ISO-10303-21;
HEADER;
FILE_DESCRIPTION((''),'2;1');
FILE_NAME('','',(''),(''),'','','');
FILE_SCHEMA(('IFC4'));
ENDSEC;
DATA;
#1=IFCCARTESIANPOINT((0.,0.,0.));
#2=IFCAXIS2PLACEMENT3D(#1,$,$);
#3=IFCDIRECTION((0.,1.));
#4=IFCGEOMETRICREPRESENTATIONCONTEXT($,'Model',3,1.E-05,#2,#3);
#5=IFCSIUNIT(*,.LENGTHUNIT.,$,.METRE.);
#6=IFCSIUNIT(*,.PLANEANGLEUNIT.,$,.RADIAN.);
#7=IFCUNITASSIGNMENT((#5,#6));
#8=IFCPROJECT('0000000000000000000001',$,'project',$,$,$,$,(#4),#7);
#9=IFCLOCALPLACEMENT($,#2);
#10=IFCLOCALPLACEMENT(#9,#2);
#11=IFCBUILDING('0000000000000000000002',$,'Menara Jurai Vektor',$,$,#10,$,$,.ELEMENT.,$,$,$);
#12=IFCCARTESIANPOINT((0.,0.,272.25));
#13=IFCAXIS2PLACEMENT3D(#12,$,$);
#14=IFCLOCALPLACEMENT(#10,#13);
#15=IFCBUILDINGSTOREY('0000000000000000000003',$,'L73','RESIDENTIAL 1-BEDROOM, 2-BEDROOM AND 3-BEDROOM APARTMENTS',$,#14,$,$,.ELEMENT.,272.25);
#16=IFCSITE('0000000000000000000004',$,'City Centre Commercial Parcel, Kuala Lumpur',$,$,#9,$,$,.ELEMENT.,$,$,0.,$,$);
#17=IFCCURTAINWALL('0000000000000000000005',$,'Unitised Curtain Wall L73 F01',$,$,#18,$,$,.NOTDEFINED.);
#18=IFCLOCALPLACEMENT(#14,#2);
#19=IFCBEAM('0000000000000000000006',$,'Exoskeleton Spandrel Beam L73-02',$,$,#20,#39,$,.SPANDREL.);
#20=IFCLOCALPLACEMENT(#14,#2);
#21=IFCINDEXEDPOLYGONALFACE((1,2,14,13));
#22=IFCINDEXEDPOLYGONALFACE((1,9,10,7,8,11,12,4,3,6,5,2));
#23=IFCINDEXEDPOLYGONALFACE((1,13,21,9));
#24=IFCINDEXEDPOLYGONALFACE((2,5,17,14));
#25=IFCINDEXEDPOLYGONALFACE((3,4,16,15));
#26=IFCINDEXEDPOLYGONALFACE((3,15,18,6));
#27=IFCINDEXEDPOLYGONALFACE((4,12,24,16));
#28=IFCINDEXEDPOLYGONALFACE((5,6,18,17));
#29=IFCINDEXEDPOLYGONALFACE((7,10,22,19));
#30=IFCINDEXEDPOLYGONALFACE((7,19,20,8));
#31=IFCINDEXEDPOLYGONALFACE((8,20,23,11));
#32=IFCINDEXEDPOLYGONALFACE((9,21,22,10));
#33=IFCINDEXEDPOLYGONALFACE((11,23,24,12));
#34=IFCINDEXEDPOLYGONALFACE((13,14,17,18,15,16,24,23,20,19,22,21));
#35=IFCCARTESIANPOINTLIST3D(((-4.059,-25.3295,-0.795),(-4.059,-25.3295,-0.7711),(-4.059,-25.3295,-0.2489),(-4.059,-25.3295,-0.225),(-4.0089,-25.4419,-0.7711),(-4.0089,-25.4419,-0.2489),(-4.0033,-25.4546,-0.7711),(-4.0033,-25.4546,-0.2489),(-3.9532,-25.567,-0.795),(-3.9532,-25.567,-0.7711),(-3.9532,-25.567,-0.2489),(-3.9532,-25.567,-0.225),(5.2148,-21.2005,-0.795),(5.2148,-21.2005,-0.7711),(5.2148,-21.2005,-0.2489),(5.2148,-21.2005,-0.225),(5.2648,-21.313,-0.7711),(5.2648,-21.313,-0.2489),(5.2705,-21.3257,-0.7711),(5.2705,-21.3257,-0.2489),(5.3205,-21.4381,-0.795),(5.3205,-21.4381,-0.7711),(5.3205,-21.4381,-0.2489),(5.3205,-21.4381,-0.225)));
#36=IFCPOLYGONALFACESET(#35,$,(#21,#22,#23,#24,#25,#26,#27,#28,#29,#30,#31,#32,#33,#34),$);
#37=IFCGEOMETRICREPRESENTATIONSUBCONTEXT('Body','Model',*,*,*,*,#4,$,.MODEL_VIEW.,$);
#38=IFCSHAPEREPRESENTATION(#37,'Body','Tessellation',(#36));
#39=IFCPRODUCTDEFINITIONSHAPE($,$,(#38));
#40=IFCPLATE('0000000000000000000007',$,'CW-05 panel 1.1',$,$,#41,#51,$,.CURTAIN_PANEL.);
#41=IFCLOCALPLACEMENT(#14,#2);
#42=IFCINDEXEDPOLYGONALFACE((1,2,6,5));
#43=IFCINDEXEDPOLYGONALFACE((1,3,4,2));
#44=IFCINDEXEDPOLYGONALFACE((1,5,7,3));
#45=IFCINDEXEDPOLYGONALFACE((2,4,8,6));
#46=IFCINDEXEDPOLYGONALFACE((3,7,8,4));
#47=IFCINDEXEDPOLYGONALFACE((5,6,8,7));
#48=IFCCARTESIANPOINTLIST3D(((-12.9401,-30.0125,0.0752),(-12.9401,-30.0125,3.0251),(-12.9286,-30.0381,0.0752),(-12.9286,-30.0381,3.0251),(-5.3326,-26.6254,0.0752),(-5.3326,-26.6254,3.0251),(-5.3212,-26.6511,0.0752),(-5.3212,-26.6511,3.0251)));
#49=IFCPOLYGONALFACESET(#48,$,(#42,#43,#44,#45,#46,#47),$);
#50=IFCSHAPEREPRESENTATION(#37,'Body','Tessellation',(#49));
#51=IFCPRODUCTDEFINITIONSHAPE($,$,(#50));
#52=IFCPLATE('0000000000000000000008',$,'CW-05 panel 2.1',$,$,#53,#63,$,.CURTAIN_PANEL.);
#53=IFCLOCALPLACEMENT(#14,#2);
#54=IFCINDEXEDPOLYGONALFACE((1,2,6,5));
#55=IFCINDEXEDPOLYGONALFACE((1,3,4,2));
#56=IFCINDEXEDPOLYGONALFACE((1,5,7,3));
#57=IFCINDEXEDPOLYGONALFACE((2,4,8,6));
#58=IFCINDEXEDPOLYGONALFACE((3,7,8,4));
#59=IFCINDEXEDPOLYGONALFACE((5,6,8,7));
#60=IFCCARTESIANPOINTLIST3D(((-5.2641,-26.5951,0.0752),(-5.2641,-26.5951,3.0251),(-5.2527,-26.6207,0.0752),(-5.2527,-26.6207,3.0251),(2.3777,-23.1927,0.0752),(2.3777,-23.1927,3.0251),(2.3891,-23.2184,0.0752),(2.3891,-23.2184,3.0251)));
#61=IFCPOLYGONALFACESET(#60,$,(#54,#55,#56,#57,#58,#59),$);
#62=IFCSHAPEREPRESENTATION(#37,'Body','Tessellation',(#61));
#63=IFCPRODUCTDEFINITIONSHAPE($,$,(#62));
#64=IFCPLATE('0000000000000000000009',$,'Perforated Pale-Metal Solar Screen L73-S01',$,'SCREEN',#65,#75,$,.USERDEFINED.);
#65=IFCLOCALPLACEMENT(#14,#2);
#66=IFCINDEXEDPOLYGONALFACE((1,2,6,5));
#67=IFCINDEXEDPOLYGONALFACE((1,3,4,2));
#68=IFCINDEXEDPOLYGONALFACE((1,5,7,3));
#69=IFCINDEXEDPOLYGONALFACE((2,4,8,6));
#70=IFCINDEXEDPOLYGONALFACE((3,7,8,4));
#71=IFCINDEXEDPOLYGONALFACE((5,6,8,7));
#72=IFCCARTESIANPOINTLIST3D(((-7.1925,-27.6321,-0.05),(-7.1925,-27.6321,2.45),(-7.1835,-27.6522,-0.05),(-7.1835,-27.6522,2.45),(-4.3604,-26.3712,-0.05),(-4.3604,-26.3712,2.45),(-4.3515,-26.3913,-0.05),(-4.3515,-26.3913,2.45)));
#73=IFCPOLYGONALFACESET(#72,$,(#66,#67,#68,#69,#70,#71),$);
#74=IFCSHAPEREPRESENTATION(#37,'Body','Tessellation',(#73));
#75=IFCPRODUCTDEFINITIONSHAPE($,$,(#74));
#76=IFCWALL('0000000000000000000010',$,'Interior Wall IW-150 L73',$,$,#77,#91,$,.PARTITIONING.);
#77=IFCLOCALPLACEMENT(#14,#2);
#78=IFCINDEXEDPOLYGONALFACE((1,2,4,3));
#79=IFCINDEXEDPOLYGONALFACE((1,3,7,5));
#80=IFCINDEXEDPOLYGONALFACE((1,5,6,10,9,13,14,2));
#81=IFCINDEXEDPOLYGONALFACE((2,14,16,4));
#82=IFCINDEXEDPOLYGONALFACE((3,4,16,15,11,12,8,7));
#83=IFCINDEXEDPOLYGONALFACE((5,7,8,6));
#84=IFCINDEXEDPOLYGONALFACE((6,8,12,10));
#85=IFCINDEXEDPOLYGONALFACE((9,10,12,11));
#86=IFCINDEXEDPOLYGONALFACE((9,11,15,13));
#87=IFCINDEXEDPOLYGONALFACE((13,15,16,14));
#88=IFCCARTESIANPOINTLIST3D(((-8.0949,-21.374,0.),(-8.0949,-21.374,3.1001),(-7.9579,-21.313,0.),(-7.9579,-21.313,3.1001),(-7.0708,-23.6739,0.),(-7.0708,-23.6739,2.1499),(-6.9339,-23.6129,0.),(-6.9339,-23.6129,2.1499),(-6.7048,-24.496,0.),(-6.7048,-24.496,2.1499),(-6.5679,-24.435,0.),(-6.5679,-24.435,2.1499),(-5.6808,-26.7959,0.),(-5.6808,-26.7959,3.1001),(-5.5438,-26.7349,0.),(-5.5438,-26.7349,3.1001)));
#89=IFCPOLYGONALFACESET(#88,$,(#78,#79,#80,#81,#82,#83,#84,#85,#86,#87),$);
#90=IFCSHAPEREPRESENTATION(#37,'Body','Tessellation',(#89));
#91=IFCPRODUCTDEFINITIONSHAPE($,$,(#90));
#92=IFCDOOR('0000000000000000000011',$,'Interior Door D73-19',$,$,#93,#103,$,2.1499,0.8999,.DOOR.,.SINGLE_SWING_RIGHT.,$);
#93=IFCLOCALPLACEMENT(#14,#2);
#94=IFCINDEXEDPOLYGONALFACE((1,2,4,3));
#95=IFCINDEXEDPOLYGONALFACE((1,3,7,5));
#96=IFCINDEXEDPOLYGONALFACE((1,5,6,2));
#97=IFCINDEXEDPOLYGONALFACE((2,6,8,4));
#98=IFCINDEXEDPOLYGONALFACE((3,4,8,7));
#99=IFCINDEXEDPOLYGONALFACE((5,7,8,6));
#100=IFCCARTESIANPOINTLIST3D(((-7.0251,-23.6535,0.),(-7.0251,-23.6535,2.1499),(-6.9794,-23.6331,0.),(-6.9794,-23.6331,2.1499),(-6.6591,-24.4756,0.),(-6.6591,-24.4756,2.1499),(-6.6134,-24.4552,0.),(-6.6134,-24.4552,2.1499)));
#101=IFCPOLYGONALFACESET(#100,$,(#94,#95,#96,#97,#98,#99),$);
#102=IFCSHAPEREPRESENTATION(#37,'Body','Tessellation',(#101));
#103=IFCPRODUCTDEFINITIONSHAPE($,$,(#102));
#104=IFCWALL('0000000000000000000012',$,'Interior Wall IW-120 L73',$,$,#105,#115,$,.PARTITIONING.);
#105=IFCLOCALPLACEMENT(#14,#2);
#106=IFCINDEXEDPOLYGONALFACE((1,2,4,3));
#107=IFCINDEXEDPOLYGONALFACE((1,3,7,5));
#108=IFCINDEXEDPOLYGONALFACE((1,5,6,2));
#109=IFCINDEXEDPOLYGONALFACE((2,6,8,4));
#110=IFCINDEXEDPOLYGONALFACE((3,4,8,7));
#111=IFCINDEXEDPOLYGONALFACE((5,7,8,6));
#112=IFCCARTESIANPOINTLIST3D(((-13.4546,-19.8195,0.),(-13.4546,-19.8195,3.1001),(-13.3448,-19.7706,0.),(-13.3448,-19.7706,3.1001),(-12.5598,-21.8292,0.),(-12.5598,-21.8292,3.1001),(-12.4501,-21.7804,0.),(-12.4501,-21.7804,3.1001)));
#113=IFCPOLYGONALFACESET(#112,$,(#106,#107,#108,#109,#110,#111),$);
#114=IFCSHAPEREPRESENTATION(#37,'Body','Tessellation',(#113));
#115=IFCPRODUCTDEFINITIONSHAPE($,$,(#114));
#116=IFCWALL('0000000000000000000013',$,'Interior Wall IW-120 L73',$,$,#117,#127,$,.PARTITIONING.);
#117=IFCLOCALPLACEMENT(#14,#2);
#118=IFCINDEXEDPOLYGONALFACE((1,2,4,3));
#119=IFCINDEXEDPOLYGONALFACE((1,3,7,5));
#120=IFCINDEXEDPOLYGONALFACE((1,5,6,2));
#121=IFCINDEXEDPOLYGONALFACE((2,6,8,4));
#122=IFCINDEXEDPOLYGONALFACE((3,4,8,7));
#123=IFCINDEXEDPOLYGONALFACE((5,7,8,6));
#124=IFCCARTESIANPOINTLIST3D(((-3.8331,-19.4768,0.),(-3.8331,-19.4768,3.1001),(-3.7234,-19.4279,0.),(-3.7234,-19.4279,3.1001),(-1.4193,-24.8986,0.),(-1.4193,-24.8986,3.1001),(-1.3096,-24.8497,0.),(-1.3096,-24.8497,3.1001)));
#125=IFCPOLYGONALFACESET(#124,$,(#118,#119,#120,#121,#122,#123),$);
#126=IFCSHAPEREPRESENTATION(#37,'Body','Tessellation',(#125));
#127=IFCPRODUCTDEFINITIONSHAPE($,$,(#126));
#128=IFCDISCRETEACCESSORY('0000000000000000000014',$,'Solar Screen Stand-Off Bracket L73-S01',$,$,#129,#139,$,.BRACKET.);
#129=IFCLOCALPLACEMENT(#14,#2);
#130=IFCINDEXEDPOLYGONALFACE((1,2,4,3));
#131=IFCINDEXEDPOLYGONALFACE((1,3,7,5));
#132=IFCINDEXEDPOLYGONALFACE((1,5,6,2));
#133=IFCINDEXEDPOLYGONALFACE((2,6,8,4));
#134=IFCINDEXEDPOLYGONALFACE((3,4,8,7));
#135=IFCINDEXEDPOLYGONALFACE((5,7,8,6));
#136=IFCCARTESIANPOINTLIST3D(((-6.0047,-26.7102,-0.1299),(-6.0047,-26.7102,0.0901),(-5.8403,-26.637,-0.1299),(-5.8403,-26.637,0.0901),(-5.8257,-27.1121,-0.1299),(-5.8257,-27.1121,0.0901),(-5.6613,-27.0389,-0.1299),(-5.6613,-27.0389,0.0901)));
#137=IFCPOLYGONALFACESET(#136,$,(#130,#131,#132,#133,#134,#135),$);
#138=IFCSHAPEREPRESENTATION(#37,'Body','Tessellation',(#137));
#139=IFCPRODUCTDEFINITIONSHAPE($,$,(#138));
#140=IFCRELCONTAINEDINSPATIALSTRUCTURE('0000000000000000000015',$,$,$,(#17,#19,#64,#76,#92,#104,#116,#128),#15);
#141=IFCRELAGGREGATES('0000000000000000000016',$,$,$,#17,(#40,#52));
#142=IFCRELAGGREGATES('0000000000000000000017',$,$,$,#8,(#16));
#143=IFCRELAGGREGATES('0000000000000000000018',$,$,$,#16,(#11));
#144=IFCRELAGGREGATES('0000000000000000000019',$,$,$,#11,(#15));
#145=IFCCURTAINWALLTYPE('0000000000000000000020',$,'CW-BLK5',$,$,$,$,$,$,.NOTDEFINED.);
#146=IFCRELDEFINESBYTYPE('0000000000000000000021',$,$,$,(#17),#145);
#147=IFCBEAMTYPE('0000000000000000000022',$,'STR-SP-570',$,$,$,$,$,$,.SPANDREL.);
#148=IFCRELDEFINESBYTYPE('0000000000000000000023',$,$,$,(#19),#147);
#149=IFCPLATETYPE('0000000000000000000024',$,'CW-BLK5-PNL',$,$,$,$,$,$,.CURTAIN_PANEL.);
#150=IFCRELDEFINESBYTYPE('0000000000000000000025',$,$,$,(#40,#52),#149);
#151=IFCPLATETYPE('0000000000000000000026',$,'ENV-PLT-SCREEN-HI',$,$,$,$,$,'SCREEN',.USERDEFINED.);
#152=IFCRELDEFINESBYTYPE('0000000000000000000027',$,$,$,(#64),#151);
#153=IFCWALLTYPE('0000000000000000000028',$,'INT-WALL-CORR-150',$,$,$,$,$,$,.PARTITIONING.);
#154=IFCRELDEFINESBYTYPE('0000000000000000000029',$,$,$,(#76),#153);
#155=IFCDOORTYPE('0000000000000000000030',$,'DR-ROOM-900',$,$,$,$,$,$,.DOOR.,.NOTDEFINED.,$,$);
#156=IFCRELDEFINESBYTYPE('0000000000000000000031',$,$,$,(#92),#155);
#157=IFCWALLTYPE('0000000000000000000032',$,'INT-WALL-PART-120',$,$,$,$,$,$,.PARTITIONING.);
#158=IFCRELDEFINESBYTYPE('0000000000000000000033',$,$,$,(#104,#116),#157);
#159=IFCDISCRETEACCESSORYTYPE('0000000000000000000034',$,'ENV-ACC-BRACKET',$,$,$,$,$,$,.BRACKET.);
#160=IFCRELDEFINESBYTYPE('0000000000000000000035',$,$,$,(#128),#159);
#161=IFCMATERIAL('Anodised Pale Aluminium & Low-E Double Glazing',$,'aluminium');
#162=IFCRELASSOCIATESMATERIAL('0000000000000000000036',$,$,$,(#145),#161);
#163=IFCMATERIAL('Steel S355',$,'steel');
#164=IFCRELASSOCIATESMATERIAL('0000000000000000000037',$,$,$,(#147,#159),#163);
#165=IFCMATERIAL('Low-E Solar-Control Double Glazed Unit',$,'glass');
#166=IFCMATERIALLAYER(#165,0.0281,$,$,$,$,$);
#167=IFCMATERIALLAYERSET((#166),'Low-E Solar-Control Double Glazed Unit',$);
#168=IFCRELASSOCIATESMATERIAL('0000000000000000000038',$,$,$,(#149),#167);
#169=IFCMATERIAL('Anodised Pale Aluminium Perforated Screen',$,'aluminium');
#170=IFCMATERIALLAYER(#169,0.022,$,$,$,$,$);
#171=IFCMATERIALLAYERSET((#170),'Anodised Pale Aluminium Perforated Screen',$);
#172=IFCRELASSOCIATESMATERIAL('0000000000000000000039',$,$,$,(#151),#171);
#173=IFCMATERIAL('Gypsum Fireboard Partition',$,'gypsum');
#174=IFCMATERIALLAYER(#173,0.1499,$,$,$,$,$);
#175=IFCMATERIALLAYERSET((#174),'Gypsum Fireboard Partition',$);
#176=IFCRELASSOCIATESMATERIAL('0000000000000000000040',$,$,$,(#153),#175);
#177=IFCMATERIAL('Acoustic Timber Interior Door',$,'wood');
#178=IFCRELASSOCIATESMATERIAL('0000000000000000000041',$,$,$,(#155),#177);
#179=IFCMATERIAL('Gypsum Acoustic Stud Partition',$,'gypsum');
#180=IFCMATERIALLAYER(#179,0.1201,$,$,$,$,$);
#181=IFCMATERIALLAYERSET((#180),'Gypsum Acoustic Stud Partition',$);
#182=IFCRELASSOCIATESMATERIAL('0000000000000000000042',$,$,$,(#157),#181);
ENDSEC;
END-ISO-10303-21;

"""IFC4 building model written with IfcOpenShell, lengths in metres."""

from ifc_helpers import new_model, si_unit, direction, frame, frame_2d, origin, origin_2d, place, context, subcontext, project, spatial, rectangle, i_section, extrude, material, layer, layer_set, material_profile, profile_set, type_object, element, fill, aggregate, save


model = new_model("IFC4")

# Units and contexts
model_context = context("Model", 3, precision=1e-05, world=origin(), true_north=direction((0.0, 1.0)))
body_context = subcontext(model_context, "Body", "Model", "MODEL_VIEW")
ifc_project = project(units=[si_unit("LENGTHUNIT", "METRE"), si_unit("PLANEANGLEUNIT", "RADIAN")], contexts=[model_context])

# Site, building, storey
site_placement = place(None, origin())
site = spatial("IfcSite", under=ifc_project, at=site_placement, Name="City Centre Commercial Parcel, Kuala Lumpur", CompositionType="ELEMENT", RefElevation=0.0)
building_placement = place(site_placement, origin())
building = spatial("IfcBuilding", under=site, at=building_placement, Name="Menara Jurai Vektor", CompositionType="ELEMENT")
storey_placement = place(building_placement, frame((0.0, 0.0, 272.25)))
storey = spatial("IfcBuildingStorey", under=building, at=storey_placement, Name="L73", Description="RESIDENTIAL 1-BEDROOM, 2-BEDROOM AND 3-BEDROOM APARTMENTS", CompositionType="ELEMENT", Elevation=272.25)

# Curtain wall
ifc_material_1 = material(Name="Anodised Pale Aluminium & Low-E Double Glazing", Category="aluminium")
curtain_wall_type = type_object("IfcCurtainWallType", Name="CW-BLK5", PredefinedType="NOTDEFINED", material=ifc_material_1)
curtain_wall_1_placement = place(storey_placement, origin())
curtain_wall_1 = element("IfcCurtainWall", 1, at=curtain_wall_1_placement, inside=storey, type_object=curtain_wall_type, Name="Unitised Curtain Wall L73 F01", PredefinedType="NOTDEFINED")

# Shared definitions
ifc_material_2 = material(Name="Steel S355", Category="steel")

# Beam
ifc_material_profile_1 = material_profile(ifc_material_2, i_section(OverallWidth=0.26, OverallDepth=0.5701, WebThickness=0.0139, FlangeThickness=0.0239, at=origin_2d()), Name="PG 570x260x145")
ifc_profile_set_1 = profile_set([ifc_material_profile_1], Name="Steel S355")
beam_type_1 = type_object("IfcBeamType", Name="STR-SP-570", PredefinedType="SPANDREL", material=ifc_profile_set_1)
beam_1_placement = place(storey_placement, frame((-4.0061, -25.4482, -0.51), z_axis=(0.913546, 0.406736, 0.0), x_axis=(-0.406736, 0.913546, 0.0)))
element("IfcBeam", 2, at=beam_1_placement, inside=storey, type_object=beam_type_1, Name="Exoskeleton Spandrel Beam L73-02", PredefinedType="SPANDREL", context=body_context, shape_type="SweptSolid", body=[
    extrude(i_section(OverallWidth=0.26, OverallDepth=0.5701, WebThickness=0.0139, FlangeThickness=0.0239, at=origin_2d()), origin(), (0.0, 0.0, 1.0), 10.1514),
])

# Plates
ifc_material_3 = material(Name="Low-E Solar-Control Double Glazed Unit", Category="glass")
ifc_layer_1 = layer(ifc_material_3, 0.0281)
ifc_layer_set_1 = layer_set([ifc_layer_1], Name="Low-E Solar-Control Double Glazed Unit")
plate_type_1 = type_object("IfcPlateType", Name="CW-BLK5-PNL", PredefinedType="CURTAIN_PANEL", material=ifc_layer_set_1)
plate_1_placement = place(storey_placement, frame((-9.1306, -28.3318, 0.0752), z_axis=(0.0, 0.0, 1.0), x_axis=(0.913546, 0.406735, 0.0)))
plate_1 = element("IfcPlate", 3, at=plate_1_placement, type_object=plate_type_1, Name="CW-05 panel 1.1", PredefinedType="CURTAIN_PANEL", context=body_context, shape_type="SweptSolid", body=[
    extrude(rectangle(XDim=8.3274, YDim=0.0281, at=origin_2d()), origin(), (0.0, 0.0, 1.0), 2.95),
])
plate_2_placement = place(storey_placement, frame((-1.4375, -24.9067, 0.0752), z_axis=(0.0, 0.0, 1.0), x_axis=(0.913546, 0.406735, 0.0)))
plate_2 = element("IfcPlate", 4, at=plate_2_placement, type_object=plate_type_1, Name="CW-05 panel 2.1", PredefinedType="CURTAIN_PANEL", context=body_context, shape_type="SweptSolid", body=[
    extrude(rectangle(XDim=8.365, YDim=0.0281, at=origin_2d()), origin(), (0.0, 0.0, 1.0), 2.95),
])
aggregate(curtain_wall_1, [plate_1, plate_2])
ifc_material_4 = material(Name="Anodised Pale Aluminium Perforated Screen", Category="aluminium")
ifc_layer_2 = layer(ifc_material_4, 0.022)
ifc_layer_set_2 = layer_set([ifc_layer_2], Name="Anodised Pale Aluminium Perforated Screen")
plate_type_2 = type_object("IfcPlateType", Name="ENV-PLT-SCREEN-HI", ElementType="SCREEN", PredefinedType="USERDEFINED", material=ifc_layer_set_2)
plate_3_placement = place(storey_placement, frame((-5.772, -27.0117, -0.05), z_axis=(0.0, 0.0, 1.0), x_axis=(0.913545, 0.406737, 0.0)))
element("IfcPlate", 5, at=plate_3_placement, inside=storey, type_object=plate_type_2, Name="Perforated Pale-Metal Solar Screen L73-S01", ObjectType="SCREEN", PredefinedType="USERDEFINED", context=body_context, shape_type="SweptSolid", body=[
    extrude(rectangle(XDim=3.1001, YDim=0.022, at=origin_2d()), origin(), (0.0, 0.0, 1.0), 2.5),
])

# Wall, opening, door
ifc_material_5 = material(Name="Gypsum Fireboard Partition", Category="gypsum")
ifc_layer_3 = layer(ifc_material_5, 0.1499)
ifc_layer_set_3 = layer_set([ifc_layer_3], Name="Gypsum Fireboard Partition")
wall_type_1 = type_object("IfcWallType", Name="INT-WALL-CORR-150", PredefinedType="PARTITIONING", material=ifc_layer_set_3)
ifc_material_6 = material(Name="Acoustic Timber Interior Door", Category="wood")
door_type_1 = type_object("IfcDoorType", Name="DR-ROOM-900", OperationType="NOTDEFINED", PredefinedType="DOOR", material=ifc_material_6)
wall_1_placement = place(storey_placement, frame((-5.6123, -26.7654, 0.0), z_axis=(0.0, 0.0, 1.0), x_axis=(-0.406749, 0.91354, 0.0)))
wall_1 = element("IfcWall", 6, at=wall_1_placement, inside=storey, type_object=wall_type_1, Name="Interior Wall IW-150 L73", PredefinedType="PARTITIONING", context=body_context, shape_type="SweptSolid", body=[
    extrude(rectangle(XDim=5.9351, YDim=0.1499, at=frame_2d((2.9675, 0.0))), origin(), (0.0, 0.0, 1.0), 3.1001),
])
opening_1_placement = place(wall_1_placement, frame((2.5176, 0.0, 0.0)))
opening_1 = element("IfcOpeningElement", 7, at=opening_1_placement, cuts=wall_1, PredefinedType="OPENING", context=body_context, shape_type="SweptSolid", body=[
    extrude(rectangle(XDim=0.8999, YDim=2.1499, at=frame_2d((0.45, 1.075))), frame((0.0, 0.085, 0.0), z_axis=(0.0, -1.0, 0.0), x_axis=(1.0, 0.0, 0.0)), (0.0, 0.0, 1.0), 0.1699),
])
door_1_placement = place(opening_1_placement, origin())
door_1 = element("IfcDoor", 8, at=door_1_placement, inside=storey, type_object=door_type_1, Name="Interior Door D73-19", OperationType="SINGLE_SWING_RIGHT", OverallHeight=2.1499, OverallWidth=0.8999, PredefinedType="DOOR", context=body_context, shape_type="SweptSolid", body=[
    extrude(rectangle(XDim=0.8999, YDim=2.1499, at=frame_2d((0.45, 1.075))), frame((0.0, 0.0249, 0.0), z_axis=(0.0, -1.0, 0.0), x_axis=(1.0, 0.0, 0.0)), (0.0, 0.0, 1.0), 0.05),
])
fill(opening_1, door_1)

# Walls
ifc_material_7 = material(Name="Gypsum Acoustic Stud Partition", Category="gypsum")
ifc_layer_4 = layer(ifc_material_7, 0.1201)
ifc_layer_set_4 = layer_set([ifc_layer_4], Name="Gypsum Acoustic Stud Partition")
wall_type_2 = type_object("IfcWallType", Name="INT-WALL-PART-120", PredefinedType="PARTITIONING", material=ifc_layer_set_4)
wall_2_placement = place(storey_placement, frame((-12.5049, -21.8049, 0.0), z_axis=(0.0, 0.0, 1.0), x_axis=(-0.406725, 0.913551, 0.0)))
element("IfcWall", 9, at=wall_2_placement, inside=storey, type_object=wall_type_2, Name="Interior Wall IW-120 L73", PredefinedType="PARTITIONING", context=body_context, shape_type="SweptSolid", body=[
    extrude(rectangle(XDim=2.2, YDim=0.1201, at=frame_2d((1.1001, 0.0))), origin(), (0.0, 0.0, 1.0), 3.1001),
])
wall_3_placement = place(storey_placement, frame((-1.3645, -24.874, 0.0), z_axis=(0.0, 0.0, 1.0), x_axis=(-0.406715, 0.913555, 0.0)))
element("IfcWall", 10, at=wall_3_placement, inside=storey, type_object=wall_type_2, Name="Interior Wall IW-120 L73", PredefinedType="PARTITIONING", context=body_context, shape_type="SweptSolid", body=[
    extrude(rectangle(XDim=5.9348, YDim=0.1201, at=frame_2d((2.9673, 0.0))), origin(), (0.0, 0.0, 1.0), 3.1001),
])

# Discrete accessory
discrete_accessory_type = type_object("IfcDiscreteAccessoryType", Name="ENV-ACC-BRACKET", PredefinedType="BRACKET", material=ifc_material_2)
discrete_accessory_placement = place(storey_placement, frame((-5.833, -26.8745, -0.1299), z_axis=(0.0, 0.0, 1.0), x_axis=(0.913545, 0.406737, 0.0)))
element("IfcDiscreteAccessory", 11, at=discrete_accessory_placement, inside=storey, type_object=discrete_accessory_type, Name="Solar Screen Stand-Off Bracket L73-S01", PredefinedType="BRACKET", context=body_context, shape_type="SweptSolid", body=[
    extrude(rectangle(XDim=0.1799, YDim=0.4399, at=origin_2d()), origin(), (0.0, 0.0, 1.0), 0.22),
])

save(model, "model.ifc")
